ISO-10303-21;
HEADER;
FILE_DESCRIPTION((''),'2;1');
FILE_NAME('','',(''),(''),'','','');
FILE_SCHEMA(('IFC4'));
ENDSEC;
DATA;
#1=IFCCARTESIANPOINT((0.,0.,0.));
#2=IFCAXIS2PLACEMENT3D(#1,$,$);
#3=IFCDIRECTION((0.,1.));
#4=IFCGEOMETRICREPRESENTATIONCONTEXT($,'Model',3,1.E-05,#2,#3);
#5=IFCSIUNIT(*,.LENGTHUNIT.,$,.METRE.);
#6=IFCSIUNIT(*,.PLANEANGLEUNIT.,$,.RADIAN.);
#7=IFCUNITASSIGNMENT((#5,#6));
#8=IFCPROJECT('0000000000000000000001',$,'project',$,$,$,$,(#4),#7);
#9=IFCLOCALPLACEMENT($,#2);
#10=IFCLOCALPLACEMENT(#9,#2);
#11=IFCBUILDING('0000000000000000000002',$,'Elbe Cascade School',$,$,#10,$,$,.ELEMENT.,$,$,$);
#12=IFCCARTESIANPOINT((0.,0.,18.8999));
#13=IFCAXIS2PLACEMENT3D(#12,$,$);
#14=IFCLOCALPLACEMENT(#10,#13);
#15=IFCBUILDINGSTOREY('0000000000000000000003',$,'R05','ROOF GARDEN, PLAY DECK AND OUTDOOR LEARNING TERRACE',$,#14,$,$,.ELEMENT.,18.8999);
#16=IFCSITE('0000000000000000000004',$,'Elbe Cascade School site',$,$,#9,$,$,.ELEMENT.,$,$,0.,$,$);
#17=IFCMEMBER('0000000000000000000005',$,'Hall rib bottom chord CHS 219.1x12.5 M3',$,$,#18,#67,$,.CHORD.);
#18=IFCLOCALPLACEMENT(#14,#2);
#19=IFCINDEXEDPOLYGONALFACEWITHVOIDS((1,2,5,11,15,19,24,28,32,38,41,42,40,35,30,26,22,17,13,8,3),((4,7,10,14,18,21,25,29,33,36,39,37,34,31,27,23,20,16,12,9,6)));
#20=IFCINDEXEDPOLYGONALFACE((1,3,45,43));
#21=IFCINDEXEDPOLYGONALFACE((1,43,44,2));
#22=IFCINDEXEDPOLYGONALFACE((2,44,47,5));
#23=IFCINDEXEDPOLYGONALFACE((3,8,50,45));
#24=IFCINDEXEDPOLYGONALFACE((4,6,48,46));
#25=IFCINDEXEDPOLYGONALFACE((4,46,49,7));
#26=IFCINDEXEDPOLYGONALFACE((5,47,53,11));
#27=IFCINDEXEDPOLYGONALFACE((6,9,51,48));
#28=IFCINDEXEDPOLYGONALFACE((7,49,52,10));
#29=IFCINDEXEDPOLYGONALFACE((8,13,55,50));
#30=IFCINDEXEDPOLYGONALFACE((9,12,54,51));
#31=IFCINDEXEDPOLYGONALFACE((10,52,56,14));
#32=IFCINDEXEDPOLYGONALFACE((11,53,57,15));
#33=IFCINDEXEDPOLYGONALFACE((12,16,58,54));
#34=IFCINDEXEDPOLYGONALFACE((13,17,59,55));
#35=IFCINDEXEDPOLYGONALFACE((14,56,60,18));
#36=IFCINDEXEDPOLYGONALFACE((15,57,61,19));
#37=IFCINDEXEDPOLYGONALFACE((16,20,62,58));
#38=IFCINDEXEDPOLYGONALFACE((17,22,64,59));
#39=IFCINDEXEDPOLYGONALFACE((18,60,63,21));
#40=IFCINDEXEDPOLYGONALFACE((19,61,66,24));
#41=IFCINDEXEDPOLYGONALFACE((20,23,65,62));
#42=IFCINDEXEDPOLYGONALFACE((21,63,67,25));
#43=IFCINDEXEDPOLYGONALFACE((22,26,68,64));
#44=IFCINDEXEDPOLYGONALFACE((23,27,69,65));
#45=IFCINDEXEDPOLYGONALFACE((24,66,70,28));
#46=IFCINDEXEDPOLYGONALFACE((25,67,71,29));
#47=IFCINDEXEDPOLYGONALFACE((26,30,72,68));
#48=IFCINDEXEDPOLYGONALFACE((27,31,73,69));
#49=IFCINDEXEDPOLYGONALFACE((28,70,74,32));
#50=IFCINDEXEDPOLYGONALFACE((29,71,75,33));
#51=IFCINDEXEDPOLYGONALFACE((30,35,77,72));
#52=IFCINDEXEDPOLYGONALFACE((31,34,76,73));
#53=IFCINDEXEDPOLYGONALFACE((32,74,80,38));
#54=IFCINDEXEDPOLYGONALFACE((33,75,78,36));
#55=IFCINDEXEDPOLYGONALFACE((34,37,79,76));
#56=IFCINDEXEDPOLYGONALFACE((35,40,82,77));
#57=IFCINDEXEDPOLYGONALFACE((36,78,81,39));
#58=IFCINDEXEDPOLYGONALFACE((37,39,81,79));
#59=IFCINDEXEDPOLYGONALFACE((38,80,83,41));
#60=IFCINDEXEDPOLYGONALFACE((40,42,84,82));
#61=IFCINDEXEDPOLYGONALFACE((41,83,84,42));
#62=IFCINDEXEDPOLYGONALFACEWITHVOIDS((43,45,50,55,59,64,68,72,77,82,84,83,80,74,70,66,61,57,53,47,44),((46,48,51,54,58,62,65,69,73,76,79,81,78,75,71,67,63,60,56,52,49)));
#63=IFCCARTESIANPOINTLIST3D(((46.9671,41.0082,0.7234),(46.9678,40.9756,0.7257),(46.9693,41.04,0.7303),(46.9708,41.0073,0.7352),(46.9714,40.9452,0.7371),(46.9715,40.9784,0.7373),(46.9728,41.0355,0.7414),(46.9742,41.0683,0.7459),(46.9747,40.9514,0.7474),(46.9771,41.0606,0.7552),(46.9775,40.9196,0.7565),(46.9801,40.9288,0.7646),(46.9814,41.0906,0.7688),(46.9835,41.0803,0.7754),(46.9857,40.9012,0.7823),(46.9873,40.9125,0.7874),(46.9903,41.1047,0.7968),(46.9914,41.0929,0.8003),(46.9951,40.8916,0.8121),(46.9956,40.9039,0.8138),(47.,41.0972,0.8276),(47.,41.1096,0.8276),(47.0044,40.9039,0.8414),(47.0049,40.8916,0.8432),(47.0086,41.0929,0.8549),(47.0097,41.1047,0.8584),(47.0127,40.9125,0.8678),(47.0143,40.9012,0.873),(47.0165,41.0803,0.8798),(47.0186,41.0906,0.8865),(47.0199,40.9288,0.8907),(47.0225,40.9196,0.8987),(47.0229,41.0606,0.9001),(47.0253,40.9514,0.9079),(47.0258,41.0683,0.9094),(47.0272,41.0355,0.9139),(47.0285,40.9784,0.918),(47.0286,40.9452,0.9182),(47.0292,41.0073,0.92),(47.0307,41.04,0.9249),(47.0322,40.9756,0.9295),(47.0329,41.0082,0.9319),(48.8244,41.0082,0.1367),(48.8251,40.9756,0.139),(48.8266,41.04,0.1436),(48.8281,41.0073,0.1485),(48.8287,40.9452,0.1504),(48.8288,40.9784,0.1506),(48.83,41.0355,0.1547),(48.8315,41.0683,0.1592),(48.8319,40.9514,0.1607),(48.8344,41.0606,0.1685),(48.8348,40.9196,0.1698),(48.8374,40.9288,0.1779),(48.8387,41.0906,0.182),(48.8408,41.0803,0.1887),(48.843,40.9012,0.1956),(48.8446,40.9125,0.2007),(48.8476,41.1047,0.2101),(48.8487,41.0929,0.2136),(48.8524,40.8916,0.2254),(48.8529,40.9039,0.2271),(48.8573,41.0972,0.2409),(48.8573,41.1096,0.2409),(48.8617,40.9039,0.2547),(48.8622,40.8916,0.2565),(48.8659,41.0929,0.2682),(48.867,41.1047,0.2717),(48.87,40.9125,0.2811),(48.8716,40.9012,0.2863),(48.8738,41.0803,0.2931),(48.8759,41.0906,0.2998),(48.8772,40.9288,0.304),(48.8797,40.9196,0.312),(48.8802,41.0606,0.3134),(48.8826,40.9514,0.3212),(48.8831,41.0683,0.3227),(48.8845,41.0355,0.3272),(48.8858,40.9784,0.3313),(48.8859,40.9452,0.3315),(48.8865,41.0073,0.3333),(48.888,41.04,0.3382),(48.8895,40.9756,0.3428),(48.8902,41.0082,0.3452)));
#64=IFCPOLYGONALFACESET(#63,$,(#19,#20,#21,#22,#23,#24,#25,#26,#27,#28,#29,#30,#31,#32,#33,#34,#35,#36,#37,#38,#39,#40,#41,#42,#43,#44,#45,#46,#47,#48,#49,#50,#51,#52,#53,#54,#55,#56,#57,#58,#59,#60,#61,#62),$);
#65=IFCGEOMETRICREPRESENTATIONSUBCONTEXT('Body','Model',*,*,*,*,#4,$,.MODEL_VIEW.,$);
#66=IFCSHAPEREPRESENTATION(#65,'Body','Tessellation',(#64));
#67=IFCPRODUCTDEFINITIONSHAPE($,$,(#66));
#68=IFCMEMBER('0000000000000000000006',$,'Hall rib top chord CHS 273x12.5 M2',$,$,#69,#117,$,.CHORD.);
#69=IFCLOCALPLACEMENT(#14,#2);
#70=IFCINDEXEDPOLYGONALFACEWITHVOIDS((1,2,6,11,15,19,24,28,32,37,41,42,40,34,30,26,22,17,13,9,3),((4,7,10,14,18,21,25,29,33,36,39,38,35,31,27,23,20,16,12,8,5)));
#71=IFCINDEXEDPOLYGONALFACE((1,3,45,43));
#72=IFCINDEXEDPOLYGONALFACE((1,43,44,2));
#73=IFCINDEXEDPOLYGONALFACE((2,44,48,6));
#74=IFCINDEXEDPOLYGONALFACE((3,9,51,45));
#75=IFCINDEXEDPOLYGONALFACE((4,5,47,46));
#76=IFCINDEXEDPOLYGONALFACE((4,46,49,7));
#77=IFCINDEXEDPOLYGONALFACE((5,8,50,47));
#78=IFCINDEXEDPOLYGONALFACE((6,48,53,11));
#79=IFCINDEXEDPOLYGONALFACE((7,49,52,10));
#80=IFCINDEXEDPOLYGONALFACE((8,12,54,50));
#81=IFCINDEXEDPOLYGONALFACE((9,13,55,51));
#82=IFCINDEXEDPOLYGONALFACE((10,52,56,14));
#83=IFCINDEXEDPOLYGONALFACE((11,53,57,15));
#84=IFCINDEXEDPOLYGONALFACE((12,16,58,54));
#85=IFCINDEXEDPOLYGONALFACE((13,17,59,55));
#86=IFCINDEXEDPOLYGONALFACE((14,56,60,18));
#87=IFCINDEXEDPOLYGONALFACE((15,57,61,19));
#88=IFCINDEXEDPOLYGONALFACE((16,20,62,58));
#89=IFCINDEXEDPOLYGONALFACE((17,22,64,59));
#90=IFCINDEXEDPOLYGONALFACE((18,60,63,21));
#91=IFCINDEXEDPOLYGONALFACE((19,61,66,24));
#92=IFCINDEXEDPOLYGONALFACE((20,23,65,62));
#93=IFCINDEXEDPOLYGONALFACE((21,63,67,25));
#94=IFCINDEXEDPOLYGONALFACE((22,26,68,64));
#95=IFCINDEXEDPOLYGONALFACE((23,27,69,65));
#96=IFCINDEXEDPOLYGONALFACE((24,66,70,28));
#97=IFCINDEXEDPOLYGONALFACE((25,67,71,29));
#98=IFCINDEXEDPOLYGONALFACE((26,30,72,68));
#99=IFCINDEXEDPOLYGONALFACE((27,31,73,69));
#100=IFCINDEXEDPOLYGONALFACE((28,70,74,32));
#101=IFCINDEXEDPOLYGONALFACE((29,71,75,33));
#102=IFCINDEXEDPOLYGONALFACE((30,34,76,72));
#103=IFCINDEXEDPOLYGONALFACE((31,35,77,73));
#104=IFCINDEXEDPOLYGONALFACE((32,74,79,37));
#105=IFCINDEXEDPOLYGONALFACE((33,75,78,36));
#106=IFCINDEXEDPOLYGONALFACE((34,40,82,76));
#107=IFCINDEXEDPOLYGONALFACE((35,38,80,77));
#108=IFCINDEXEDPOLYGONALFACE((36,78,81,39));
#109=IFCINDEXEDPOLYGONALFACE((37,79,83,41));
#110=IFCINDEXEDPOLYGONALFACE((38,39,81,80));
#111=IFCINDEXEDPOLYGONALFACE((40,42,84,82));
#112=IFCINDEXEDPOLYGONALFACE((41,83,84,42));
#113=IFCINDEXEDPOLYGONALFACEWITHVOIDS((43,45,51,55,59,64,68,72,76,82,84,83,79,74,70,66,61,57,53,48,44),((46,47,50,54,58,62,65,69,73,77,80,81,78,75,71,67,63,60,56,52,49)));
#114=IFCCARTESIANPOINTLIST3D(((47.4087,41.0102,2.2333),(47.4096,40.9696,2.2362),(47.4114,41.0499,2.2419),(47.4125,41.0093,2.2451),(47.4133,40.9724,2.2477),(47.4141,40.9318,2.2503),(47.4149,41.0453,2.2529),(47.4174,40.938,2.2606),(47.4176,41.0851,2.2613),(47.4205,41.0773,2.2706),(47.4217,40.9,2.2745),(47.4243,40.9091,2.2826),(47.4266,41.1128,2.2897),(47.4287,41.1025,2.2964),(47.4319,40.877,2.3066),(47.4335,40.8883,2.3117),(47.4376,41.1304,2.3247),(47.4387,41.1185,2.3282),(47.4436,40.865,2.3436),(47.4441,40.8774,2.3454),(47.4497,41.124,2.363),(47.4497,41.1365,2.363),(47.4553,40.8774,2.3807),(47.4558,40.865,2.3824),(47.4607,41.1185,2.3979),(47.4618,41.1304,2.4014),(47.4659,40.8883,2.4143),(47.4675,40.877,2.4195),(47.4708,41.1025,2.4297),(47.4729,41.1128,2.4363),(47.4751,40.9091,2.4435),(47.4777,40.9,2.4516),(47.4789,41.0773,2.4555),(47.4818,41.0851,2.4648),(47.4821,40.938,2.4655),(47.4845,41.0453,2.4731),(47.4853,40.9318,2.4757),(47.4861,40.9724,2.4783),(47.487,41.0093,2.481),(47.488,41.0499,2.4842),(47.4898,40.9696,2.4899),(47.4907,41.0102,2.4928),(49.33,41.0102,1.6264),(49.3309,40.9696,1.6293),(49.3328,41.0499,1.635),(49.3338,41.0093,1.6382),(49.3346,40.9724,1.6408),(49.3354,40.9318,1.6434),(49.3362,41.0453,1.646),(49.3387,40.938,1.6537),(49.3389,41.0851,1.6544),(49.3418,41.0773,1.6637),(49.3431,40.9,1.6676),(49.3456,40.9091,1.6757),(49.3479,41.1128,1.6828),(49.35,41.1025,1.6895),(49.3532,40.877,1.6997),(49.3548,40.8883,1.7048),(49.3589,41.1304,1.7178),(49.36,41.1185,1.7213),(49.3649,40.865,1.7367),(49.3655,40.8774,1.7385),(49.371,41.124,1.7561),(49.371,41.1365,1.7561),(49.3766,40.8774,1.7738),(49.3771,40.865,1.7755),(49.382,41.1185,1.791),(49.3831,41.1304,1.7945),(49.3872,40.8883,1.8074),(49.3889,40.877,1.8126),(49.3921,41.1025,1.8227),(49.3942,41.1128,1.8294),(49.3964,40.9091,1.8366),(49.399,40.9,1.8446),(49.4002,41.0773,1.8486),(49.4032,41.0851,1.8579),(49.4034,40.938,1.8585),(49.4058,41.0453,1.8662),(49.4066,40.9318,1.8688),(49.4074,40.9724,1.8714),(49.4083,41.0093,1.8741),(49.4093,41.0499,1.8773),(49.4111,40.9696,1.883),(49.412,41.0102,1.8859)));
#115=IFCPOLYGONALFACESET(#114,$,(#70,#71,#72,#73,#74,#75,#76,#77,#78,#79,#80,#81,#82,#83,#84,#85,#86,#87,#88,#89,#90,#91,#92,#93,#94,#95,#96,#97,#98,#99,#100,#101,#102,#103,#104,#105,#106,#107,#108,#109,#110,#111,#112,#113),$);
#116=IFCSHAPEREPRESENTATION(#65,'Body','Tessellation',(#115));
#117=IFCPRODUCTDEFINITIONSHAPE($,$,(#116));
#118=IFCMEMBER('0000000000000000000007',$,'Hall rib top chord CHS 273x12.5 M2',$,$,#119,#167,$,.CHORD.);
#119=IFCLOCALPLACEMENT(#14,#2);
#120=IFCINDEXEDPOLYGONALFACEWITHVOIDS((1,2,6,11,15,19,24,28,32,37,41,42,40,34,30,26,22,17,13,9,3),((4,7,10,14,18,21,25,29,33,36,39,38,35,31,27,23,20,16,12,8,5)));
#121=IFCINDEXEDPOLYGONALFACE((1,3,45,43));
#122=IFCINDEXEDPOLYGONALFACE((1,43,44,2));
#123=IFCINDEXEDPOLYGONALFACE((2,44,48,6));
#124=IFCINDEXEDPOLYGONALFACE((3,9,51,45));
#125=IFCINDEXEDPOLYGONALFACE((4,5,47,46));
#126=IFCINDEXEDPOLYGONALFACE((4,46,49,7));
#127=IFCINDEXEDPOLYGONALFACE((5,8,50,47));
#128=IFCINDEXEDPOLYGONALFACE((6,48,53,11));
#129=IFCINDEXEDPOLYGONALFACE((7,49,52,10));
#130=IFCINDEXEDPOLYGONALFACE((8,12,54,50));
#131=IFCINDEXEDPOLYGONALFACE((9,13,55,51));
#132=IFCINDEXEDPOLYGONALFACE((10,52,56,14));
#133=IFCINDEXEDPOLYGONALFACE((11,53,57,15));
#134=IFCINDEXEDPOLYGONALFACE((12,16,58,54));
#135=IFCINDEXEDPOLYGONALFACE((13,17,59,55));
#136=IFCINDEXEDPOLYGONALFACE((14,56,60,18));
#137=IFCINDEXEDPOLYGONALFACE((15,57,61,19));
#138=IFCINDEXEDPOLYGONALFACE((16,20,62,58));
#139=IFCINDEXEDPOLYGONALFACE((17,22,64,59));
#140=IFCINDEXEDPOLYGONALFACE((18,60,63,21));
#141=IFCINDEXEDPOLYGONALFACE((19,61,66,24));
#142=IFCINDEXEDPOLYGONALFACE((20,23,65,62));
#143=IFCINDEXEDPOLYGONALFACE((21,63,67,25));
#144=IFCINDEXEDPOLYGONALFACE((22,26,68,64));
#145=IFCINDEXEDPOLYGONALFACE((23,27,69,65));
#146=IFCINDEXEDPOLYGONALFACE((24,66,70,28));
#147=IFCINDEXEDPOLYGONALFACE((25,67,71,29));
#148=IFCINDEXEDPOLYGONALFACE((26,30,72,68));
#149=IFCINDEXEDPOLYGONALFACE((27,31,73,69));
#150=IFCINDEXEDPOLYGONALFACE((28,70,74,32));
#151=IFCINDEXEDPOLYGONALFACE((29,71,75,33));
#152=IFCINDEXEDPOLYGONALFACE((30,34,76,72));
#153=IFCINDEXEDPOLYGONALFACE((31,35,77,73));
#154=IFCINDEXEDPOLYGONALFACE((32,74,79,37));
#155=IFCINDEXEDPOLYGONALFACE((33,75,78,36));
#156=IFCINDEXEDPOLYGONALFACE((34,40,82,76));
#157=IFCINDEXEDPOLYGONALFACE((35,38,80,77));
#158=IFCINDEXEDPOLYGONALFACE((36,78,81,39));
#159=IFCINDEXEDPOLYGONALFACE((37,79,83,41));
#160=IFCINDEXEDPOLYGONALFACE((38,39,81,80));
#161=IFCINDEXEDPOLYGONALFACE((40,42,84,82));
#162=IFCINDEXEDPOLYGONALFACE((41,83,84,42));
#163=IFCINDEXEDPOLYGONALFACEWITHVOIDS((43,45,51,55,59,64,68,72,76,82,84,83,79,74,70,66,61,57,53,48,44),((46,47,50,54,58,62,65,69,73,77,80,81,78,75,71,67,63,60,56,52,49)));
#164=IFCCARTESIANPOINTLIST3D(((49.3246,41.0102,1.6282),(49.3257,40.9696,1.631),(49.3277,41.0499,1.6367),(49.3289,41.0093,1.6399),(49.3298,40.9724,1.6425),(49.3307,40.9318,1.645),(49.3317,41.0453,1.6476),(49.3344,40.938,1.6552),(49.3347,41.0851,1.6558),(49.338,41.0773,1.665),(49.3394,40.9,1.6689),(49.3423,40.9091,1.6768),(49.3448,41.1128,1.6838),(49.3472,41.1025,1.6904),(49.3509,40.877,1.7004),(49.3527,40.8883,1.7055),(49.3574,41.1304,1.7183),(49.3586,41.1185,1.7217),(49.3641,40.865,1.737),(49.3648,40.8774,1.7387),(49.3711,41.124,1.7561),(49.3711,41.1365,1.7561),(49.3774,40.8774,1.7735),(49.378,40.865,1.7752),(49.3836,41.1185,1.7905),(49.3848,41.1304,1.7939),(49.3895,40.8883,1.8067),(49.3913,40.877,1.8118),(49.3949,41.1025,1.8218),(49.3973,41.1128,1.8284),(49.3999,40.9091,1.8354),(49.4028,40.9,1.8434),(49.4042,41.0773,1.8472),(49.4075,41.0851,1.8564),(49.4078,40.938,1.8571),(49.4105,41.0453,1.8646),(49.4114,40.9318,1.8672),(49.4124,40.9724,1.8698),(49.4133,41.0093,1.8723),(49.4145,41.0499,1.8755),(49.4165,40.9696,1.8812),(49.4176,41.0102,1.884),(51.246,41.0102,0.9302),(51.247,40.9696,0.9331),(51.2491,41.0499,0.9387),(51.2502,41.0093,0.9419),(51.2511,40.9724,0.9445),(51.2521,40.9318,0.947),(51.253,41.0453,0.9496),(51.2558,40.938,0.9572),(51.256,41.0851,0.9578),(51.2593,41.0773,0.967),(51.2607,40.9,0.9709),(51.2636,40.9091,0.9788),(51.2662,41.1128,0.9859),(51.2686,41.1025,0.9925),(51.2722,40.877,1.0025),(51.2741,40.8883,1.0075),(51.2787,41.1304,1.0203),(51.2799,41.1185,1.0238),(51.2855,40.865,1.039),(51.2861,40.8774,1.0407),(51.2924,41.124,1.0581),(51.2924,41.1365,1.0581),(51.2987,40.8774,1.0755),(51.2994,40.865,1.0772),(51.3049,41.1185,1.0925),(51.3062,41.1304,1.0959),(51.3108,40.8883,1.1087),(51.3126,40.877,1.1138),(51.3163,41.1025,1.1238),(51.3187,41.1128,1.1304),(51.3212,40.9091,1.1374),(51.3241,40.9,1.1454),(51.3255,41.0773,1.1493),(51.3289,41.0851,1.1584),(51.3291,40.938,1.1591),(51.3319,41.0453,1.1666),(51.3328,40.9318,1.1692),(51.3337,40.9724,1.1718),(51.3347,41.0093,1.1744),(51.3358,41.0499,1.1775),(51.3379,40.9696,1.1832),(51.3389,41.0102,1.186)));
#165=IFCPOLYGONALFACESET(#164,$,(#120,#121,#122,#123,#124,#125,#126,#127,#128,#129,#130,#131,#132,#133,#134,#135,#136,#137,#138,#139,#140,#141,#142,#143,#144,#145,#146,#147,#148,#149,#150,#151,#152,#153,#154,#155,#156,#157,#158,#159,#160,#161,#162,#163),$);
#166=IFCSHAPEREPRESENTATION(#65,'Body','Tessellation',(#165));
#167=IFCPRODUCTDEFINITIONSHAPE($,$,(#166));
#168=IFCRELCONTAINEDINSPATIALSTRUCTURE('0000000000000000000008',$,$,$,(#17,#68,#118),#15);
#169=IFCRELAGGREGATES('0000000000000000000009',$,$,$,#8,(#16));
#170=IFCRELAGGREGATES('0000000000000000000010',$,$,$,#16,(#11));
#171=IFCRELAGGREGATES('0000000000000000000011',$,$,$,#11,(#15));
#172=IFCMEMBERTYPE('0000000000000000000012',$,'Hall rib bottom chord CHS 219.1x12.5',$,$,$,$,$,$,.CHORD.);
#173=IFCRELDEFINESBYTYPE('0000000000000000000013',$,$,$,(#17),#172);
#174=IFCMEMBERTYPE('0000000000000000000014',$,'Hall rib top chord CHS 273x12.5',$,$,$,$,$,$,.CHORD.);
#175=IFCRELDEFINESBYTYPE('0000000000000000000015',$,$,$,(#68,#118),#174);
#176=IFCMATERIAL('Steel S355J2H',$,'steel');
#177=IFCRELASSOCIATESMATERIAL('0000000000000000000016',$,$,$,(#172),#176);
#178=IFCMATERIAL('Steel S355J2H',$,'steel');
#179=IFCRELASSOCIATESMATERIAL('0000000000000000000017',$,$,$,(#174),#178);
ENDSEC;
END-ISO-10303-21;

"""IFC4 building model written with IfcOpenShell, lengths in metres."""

from ifc_helpers import new_model, si_unit, direction, frame, origin, origin_2d, place, context, subcontext, project, spatial, hollow_circle, extrude, material, material_profile, profile_set, type_object, element, save


model = new_model("IFC4")

# Units and contexts
model_context = context("Model", 3, precision=1e-05, world=origin(), true_north=direction((0.0, 1.0)))
body_context = subcontext(model_context, "Body", "Model", "MODEL_VIEW")
ifc_project = project(units=[si_unit("LENGTHUNIT", "METRE"), si_unit("PLANEANGLEUNIT", "RADIAN")], contexts=[model_context])

# Site, building, storey
site_placement = place(None, origin())
site = spatial("IfcSite", under=ifc_project, at=site_placement, Name="Elbe Cascade School site", CompositionType="ELEMENT", RefElevation=0.0)
building_placement = place(site_placement, origin())
building = spatial("IfcBuilding", under=site, at=building_placement, Name="Elbe Cascade School", CompositionType="ELEMENT")
storey_placement = place(building_placement, frame((0.0, 0.0, 18.8999)))
storey = spatial("IfcBuildingStorey", under=building, at=storey_placement, Name="R05", Description="ROOF GARDEN, PLAY DECK AND OUTDOOR LEARNING TERRACE", CompositionType="ELEMENT", Elevation=18.8999)

# Members
ifc_material_1 = material(Name="Steel S355J2H", Category="steel")
ifc_material_profile_1 = material_profile(ifc_material_1, hollow_circle(Radius=0.1096, WallThickness=0.0125, at=origin_2d()), Name="CHS 219.1x12.5")
ifc_profile_set_1 = profile_set([ifc_material_profile_1], Name="Steel S355J2H")
member_type_1 = type_object("IfcMemberType", Name="Hall rib bottom chord CHS 219.1x12.5", PredefinedType="CHORD", material=ifc_profile_set_1)
member_1_placement = place(storey_placement, frame((47.0, 41.0, 0.8276), z_axis=(0.953554, 0.0, -0.301221), x_axis=(0.0, 1.0, 0.0)))
element("IfcMember", 1, at=member_1_placement, inside=storey, type_object=member_type_1, Name="Hall rib bottom chord CHS 219.1x12.5 M3", PredefinedType="CHORD", context=body_context, shape_type="SweptSolid", body=[
    extrude(hollow_circle(Radius=0.1096, WallThickness=0.0125, at=origin_2d()), origin(), (0.0, 0.0, 1.0), 1.9478),
])
ifc_material_2 = material(Name="Steel S355J2H", Category="steel")
ifc_material_profile_2 = material_profile(ifc_material_2, hollow_circle(Radius=0.1365, WallThickness=0.0125, at=origin_2d()), Name="CHS 273x12.5")
ifc_profile_set_2 = profile_set([ifc_material_profile_2], Name="Steel S355J2H")
member_type_2 = type_object("IfcMemberType", Name="Hall rib top chord CHS 273x12.5", PredefinedType="CHORD", material=ifc_profile_set_2)
member_2_placement = place(storey_placement, frame((47.4497, 41.0, 2.363), z_axis=(0.953557, 0.0, -0.301213), x_axis=(0.0, 1.0, 0.0)))
element("IfcMember", 2, at=member_2_placement, inside=storey, type_object=member_type_2, Name="Hall rib top chord CHS 273x12.5 M2", PredefinedType="CHORD", context=body_context, shape_type="SweptSolid", body=[
    extrude(hollow_circle(Radius=0.1365, WallThickness=0.0125, at=origin_2d()), origin(), (0.0, 0.0, 1.0), 2.0149),
])
member_3_placement = place(storey_placement, frame((49.3711, 41.0, 1.7561), z_axis=(0.939901, 0.0, -0.341446), x_axis=(0.0, 1.0, 0.0)))
element("IfcMember", 3, at=member_3_placement, inside=storey, type_object=member_type_2, Name="Hall rib top chord CHS 273x12.5 M2", PredefinedType="CHORD", context=body_context, shape_type="SweptSolid", body=[
    extrude(hollow_circle(Radius=0.1365, WallThickness=0.0125, at=origin_2d()), origin(), (0.0, 0.0, 1.0), 2.0442),
])

save(model, "model.ifc")
